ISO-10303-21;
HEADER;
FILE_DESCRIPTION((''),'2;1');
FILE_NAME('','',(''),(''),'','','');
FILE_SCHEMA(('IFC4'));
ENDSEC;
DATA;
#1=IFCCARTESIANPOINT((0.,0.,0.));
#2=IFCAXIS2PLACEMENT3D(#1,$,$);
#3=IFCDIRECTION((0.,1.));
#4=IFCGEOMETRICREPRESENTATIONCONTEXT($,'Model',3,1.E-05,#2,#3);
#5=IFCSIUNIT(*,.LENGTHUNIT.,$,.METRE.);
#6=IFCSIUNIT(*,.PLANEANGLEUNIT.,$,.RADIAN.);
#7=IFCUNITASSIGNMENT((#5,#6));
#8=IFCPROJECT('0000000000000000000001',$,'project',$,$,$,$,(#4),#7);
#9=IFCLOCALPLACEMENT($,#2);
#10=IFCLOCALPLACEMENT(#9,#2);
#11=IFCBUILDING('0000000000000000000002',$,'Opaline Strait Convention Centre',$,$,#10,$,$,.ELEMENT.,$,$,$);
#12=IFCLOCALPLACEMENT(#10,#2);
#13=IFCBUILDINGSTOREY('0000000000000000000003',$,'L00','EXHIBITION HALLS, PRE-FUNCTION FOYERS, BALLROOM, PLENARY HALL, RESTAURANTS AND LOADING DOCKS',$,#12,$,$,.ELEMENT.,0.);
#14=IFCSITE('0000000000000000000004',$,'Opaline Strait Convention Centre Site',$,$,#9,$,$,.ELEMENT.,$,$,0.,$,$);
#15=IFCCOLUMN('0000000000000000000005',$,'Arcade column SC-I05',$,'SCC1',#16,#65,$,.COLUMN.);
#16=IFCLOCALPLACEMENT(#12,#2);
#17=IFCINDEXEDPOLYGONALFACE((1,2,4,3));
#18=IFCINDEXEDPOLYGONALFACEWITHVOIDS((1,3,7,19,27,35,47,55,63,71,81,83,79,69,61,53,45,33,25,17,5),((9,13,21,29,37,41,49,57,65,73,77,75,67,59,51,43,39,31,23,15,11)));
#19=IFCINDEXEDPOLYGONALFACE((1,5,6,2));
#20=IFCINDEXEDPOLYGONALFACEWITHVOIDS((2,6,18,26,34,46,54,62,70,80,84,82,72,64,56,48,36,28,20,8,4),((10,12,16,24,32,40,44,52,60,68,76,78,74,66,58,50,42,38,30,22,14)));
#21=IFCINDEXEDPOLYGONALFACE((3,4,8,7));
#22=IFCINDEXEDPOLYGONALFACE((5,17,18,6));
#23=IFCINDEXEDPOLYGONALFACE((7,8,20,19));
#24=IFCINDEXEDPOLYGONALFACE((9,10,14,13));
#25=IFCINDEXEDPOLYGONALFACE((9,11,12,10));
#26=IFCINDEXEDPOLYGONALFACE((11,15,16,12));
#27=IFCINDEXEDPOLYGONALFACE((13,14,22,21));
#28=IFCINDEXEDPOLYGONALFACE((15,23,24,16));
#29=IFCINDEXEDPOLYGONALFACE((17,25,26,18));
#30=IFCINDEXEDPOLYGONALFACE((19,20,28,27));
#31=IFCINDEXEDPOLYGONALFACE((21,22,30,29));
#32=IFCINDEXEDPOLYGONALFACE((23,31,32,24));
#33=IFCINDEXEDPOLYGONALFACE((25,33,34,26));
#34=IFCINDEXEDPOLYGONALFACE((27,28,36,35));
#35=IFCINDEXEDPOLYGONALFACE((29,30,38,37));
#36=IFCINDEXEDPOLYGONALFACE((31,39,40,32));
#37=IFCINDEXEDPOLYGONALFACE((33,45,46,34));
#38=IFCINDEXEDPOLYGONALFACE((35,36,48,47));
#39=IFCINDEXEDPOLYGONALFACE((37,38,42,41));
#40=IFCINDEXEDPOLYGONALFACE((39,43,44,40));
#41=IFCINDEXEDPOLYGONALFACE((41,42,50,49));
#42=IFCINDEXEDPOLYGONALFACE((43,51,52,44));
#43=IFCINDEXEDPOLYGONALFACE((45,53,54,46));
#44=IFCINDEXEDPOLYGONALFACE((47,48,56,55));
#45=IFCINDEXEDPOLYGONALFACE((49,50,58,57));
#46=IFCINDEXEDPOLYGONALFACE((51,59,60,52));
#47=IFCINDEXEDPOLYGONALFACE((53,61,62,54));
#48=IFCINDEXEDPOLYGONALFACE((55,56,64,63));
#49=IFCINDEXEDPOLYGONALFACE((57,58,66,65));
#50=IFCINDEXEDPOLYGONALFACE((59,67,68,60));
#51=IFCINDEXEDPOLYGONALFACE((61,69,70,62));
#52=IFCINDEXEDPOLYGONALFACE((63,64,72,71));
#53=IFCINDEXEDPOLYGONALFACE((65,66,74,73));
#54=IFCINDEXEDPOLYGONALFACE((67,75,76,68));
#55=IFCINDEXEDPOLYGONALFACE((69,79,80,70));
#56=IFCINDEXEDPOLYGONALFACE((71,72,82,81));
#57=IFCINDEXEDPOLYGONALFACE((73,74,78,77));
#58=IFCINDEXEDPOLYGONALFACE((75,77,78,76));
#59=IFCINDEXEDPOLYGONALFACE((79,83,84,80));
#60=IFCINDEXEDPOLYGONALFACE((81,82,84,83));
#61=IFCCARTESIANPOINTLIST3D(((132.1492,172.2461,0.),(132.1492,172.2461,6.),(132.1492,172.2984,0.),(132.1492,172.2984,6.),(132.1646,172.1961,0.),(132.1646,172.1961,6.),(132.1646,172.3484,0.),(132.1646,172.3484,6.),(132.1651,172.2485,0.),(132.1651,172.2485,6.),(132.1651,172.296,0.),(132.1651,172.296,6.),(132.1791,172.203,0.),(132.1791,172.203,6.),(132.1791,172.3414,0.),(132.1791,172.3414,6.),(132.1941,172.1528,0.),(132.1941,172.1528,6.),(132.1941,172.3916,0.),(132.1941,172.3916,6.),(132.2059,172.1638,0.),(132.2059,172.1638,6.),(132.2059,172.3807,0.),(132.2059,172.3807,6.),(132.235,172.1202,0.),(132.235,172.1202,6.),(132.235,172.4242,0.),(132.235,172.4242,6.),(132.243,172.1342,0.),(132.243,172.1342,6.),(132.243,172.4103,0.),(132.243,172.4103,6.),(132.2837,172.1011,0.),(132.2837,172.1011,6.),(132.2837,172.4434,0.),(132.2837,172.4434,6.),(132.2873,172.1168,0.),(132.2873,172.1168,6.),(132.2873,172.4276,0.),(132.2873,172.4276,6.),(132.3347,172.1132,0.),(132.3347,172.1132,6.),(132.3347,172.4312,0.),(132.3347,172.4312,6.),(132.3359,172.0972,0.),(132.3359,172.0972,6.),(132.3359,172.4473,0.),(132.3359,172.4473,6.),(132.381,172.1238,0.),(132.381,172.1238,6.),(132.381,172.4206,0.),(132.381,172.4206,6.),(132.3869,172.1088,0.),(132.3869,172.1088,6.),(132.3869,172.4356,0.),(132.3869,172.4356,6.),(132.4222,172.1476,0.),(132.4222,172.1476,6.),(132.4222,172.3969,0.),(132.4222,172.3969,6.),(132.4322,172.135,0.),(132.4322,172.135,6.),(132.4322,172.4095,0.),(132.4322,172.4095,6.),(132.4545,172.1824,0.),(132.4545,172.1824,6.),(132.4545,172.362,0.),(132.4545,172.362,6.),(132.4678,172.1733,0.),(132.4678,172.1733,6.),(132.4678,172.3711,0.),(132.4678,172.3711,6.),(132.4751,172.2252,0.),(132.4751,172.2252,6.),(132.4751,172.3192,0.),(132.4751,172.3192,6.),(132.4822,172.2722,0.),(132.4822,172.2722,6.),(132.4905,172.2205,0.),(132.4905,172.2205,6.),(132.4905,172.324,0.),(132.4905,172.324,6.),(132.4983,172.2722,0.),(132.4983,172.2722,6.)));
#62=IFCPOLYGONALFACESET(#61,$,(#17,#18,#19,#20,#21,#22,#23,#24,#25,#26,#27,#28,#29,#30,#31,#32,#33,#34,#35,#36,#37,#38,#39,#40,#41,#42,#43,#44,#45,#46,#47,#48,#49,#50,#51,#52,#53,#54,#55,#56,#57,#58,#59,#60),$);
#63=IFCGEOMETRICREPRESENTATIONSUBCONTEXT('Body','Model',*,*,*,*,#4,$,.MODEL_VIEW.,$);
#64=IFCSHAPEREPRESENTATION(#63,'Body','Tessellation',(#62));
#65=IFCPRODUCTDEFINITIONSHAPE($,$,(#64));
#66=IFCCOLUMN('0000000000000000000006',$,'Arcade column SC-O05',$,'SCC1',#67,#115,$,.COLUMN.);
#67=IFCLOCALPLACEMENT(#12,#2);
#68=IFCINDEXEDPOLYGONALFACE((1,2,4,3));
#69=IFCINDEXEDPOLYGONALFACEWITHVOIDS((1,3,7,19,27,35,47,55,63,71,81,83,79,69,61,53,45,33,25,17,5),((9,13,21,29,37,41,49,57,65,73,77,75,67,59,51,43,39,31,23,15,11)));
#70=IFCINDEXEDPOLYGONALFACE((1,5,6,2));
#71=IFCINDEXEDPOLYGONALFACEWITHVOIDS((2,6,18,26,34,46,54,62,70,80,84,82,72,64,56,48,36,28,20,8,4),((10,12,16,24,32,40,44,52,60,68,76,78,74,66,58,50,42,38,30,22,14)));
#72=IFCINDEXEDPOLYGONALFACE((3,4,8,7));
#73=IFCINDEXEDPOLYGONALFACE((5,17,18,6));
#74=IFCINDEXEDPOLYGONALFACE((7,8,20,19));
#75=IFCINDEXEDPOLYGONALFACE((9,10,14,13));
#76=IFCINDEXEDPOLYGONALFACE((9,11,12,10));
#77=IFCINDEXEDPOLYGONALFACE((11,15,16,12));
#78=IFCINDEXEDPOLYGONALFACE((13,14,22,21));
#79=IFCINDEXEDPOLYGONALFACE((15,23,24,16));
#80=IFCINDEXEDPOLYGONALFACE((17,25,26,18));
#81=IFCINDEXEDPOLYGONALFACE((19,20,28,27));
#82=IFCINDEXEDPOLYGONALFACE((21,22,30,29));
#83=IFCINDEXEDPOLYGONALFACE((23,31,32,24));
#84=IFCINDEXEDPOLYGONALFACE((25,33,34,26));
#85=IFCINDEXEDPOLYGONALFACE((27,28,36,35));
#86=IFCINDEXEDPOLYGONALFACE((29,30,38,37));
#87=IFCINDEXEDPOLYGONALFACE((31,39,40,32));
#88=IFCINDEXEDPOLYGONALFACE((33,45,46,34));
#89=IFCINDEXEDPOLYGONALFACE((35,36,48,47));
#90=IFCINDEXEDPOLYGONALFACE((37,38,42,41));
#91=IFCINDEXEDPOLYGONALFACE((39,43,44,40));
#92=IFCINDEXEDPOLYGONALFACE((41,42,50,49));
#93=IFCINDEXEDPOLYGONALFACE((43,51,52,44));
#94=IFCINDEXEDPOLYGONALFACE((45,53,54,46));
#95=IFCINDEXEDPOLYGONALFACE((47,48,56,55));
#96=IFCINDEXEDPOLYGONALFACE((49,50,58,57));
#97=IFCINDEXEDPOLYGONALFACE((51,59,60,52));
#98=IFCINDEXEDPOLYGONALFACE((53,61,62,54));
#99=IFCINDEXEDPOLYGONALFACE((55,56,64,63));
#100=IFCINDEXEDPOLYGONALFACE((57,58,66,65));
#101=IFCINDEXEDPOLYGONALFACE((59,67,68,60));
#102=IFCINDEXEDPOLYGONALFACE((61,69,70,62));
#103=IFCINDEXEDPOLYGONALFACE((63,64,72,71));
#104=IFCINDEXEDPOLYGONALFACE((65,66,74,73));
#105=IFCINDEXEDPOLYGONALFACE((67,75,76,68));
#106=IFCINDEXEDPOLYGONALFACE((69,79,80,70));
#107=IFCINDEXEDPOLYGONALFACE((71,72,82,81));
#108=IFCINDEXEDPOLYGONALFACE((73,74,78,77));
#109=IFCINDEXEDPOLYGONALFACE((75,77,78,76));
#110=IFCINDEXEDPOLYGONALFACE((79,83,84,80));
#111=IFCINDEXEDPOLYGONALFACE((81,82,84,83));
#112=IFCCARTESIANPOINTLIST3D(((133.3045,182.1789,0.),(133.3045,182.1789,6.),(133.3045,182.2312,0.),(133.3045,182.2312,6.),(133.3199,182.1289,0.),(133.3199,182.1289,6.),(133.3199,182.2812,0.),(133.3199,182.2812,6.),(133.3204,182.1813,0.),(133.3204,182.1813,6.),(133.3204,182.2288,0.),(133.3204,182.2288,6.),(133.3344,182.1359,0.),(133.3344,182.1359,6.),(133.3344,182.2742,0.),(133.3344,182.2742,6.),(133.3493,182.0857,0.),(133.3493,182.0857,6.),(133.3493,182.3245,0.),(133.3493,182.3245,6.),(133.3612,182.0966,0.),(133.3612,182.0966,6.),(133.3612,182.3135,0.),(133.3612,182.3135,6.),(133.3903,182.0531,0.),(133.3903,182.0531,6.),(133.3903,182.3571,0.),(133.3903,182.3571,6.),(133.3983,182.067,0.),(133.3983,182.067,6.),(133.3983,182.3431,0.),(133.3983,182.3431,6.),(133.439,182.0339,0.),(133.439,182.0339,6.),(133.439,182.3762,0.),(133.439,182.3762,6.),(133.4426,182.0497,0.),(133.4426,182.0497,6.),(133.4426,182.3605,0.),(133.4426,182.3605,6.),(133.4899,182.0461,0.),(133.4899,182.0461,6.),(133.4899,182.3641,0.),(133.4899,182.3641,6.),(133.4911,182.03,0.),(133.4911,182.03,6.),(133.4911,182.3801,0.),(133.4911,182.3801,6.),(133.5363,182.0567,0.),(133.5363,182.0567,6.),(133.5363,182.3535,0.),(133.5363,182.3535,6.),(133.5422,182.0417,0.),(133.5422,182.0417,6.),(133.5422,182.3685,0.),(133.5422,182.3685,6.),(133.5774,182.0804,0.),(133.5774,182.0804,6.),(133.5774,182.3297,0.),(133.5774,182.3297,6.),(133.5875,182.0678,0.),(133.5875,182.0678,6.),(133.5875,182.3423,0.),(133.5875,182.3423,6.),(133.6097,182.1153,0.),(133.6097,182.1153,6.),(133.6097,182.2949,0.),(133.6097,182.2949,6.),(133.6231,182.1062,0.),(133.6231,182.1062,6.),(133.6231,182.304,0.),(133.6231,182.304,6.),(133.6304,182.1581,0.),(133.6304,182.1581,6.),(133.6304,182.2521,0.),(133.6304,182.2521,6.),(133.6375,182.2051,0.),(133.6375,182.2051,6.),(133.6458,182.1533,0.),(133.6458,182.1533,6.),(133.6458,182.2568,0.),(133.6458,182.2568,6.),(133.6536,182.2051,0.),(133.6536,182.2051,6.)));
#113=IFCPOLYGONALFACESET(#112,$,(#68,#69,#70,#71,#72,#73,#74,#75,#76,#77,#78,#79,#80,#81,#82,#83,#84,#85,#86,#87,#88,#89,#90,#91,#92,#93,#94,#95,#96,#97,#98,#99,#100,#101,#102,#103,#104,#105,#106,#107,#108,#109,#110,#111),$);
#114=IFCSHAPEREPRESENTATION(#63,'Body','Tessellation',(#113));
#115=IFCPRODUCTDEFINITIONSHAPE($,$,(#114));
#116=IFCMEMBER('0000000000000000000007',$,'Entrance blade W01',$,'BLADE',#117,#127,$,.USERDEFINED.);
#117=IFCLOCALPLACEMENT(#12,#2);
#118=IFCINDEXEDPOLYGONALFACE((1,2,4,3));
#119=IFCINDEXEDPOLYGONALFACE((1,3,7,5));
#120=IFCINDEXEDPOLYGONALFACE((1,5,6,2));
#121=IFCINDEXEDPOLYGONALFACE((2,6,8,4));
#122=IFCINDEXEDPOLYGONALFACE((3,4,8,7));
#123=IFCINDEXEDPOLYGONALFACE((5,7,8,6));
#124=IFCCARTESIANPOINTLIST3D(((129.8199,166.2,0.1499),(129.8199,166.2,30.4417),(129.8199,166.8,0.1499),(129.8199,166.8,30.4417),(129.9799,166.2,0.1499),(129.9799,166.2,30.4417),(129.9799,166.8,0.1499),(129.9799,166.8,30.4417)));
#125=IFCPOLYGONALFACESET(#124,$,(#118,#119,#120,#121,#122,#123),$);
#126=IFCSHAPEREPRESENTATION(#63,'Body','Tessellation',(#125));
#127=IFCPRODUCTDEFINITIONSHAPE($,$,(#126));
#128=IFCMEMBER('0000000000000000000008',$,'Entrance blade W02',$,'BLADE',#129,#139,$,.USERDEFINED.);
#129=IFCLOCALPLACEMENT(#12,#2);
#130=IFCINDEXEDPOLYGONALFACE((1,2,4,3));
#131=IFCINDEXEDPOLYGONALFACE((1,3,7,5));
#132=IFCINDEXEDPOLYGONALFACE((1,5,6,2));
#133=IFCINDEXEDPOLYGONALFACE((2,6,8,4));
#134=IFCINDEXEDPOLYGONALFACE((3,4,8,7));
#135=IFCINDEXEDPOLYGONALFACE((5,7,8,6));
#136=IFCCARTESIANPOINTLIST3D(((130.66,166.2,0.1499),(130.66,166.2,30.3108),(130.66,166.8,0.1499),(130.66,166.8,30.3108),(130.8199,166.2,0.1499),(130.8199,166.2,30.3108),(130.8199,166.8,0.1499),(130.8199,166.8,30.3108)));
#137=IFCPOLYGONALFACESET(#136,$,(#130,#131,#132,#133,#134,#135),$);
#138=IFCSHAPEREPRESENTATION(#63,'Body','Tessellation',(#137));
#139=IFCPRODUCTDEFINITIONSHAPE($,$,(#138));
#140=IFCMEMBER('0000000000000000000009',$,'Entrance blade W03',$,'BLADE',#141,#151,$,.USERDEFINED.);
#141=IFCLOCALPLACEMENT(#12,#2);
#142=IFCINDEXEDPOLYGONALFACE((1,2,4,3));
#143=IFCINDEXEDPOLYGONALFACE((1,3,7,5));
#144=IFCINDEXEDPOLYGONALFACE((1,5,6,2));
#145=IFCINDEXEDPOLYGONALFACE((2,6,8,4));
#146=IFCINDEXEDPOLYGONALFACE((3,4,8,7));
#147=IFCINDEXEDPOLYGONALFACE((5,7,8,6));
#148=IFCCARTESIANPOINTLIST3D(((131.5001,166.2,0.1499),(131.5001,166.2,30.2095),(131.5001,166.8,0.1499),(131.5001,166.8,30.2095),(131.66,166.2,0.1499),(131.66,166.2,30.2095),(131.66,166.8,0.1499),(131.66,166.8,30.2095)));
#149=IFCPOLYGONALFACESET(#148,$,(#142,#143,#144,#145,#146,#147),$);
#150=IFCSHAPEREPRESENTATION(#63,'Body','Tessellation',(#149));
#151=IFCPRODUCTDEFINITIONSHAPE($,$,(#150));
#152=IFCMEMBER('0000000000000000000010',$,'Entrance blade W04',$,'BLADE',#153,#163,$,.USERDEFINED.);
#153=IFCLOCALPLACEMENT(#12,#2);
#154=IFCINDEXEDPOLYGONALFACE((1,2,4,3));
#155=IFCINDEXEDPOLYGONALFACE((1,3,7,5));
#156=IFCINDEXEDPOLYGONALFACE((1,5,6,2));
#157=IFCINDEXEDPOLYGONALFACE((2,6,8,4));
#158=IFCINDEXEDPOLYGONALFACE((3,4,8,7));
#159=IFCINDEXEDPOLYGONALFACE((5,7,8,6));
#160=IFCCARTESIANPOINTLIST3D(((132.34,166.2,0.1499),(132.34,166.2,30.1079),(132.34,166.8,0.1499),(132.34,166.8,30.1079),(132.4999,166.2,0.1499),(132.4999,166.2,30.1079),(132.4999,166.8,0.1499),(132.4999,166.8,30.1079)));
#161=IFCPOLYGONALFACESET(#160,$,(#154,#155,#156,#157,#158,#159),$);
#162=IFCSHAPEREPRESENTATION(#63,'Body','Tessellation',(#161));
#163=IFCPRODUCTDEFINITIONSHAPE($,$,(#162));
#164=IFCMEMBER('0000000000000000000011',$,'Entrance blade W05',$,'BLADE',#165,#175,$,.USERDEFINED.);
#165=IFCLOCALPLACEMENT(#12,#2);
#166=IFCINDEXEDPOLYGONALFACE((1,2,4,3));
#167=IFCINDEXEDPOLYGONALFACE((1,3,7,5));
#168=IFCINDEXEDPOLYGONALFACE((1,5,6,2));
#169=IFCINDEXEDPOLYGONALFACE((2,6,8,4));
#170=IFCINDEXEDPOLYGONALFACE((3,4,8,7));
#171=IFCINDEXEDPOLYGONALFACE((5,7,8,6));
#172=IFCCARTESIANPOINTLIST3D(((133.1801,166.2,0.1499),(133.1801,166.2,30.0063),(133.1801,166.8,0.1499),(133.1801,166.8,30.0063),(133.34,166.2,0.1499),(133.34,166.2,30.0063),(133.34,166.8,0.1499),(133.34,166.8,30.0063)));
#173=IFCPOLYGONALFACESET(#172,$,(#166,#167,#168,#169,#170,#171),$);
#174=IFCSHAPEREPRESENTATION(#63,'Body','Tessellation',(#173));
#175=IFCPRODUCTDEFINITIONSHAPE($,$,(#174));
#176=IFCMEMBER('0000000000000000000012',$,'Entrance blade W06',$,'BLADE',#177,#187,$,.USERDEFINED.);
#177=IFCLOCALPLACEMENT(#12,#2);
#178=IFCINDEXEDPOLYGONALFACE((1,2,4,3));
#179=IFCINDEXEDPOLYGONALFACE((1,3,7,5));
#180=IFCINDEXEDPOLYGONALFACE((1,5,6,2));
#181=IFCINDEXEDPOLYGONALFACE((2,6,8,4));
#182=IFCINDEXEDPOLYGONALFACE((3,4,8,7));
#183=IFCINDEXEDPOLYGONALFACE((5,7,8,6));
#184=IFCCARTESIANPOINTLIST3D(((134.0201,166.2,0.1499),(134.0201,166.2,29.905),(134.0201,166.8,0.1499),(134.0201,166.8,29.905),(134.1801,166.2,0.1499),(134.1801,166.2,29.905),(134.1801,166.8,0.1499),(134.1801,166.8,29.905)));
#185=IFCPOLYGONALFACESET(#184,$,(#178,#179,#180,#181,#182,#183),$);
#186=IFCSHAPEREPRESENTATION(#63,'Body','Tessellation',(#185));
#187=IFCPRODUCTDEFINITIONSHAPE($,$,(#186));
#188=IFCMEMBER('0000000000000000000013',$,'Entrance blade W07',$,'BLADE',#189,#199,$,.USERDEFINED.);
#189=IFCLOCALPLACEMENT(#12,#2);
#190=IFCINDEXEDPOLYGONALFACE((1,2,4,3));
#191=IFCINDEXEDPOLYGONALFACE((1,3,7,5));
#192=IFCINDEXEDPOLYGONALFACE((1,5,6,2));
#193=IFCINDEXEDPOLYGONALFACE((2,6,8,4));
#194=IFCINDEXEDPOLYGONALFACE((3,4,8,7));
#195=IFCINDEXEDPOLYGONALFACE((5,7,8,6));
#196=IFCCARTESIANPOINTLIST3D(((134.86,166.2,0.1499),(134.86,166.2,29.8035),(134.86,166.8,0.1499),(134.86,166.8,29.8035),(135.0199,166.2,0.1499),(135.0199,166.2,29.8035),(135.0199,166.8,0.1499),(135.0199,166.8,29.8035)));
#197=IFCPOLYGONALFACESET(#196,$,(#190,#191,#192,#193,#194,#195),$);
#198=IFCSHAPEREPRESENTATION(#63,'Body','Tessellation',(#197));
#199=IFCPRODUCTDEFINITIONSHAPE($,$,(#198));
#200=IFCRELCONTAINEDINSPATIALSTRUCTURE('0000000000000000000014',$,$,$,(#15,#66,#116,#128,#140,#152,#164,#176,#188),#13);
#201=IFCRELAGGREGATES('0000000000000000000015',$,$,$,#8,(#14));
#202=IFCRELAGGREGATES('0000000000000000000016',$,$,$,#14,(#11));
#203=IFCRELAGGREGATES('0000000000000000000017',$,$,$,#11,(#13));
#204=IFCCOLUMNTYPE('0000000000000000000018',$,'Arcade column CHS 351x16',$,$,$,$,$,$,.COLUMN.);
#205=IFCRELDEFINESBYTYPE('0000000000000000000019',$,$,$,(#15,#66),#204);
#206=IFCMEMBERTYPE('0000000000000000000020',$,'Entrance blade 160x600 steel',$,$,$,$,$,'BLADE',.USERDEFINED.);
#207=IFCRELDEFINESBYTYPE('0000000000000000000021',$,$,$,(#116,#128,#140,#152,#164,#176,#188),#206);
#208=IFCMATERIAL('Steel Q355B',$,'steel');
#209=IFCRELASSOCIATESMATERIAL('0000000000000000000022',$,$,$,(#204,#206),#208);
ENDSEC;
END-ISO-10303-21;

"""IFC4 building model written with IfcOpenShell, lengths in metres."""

from ifc_helpers import new_model, si_unit, direction, frame, origin, origin_2d, place, context, subcontext, project, spatial, rectangle, hollow_circle, extrude, material, material_profile, profile_set, type_object, element, save


model = new_model("IFC4")

# Units and contexts
model_context = context("Model", 3, precision=1e-05, world=origin(), true_north=direction((0.0, 1.0)))
body_context = subcontext(model_context, "Body", "Model", "MODEL_VIEW")
ifc_project = project(units=[si_unit("LENGTHUNIT", "METRE"), si_unit("PLANEANGLEUNIT", "RADIAN")], contexts=[model_context])

# Site, building, storey
site_placement = place(None, origin())
site = spatial("IfcSite", under=ifc_project, at=site_placement, Name="Opaline Strait Convention Centre Site", CompositionType="ELEMENT", RefElevation=0.0)
building_placement = place(site_placement, origin())
building = spatial("IfcBuilding", under=site, at=building_placement, Name="Opaline Strait Convention Centre", CompositionType="ELEMENT")
storey_placement = place(building_placement, origin())
storey = spatial("IfcBuildingStorey", under=building, at=storey_placement, Name="L00", Description="EXHIBITION HALLS, PRE-FUNCTION FOYERS, BALLROOM, PLENARY HALL, RESTAURANTS AND LOADING DOCKS", CompositionType="ELEMENT", Elevation=0.0)

# Columns
ifc_material_1 = material(Name="Steel Q355B", Category="steel")
ifc_material_profile_1 = material_profile(ifc_material_1, hollow_circle(Radius=0.1755, WallThickness=0.0161, at=origin_2d()), Name="CHS 351x16")
ifc_profile_set_1 = profile_set([ifc_material_profile_1], Name="Steel Q355B")
column_type = type_object("IfcColumnType", Name="Arcade column CHS 351x16", PredefinedType="COLUMN", material=ifc_profile_set_1)
for number, where, z_axis, x_axis, name in (
    (1, (132.3228, 172.2722, 0.0), (0.0, 0.0, 1.0), (1.0, 0.0, 0.0), "Arcade column SC-I05"),
    (2, (133.478, 182.2051, 0.0), (0.0, 0.0, 1.0), (1.0, 0.0, 0.0), "Arcade column SC-O05"),
):
    element("IfcColumn", number, at=place(storey_placement, frame(where, z_axis=z_axis, x_axis=x_axis)), inside=storey, type_object=column_type, Name=name, ObjectType="SCC1", PredefinedType="COLUMN", context=body_context, shape_type="SweptSolid", body=[
        extrude(hollow_circle(Radius=0.1755, WallThickness=0.0161, at=origin_2d()), origin(), (0.0, 0.0, 1.0), 6.0),
    ])

# Members
ifc_material_profile_2 = material_profile(ifc_material_1, rectangle(XDim=0.1599, YDim=0.6001, at=origin_2d()), Name="BAR 160x600")
ifc_profile_set_2 = profile_set([ifc_material_profile_2], Name="Steel Q355B")
member_type = type_object("IfcMemberType", Name="Entrance blade 160x600 steel", ElementType="BLADE", PredefinedType="USERDEFINED", material=ifc_profile_set_2)
member_1_placement = place(storey_placement, frame((129.8999, 166.5, 0.1499), z_axis=(0.0, 0.0, 1.0), x_axis=(1.0, 0.0, 0.0)))
element("IfcMember", 3, at=member_1_placement, inside=storey, type_object=member_type, Name="Entrance blade W01", ObjectType="BLADE", PredefinedType="USERDEFINED", context=body_context, shape_type="SweptSolid", body=[
    extrude(rectangle(XDim=0.1599, YDim=0.6001, at=origin_2d()), origin(), (0.0, 0.0, 1.0), 30.2917),
])
member_2_placement = place(storey_placement, frame((130.74, 166.5, 0.1499), z_axis=(0.0, 0.0, 1.0), x_axis=(1.0, 0.0, 0.0)))
element("IfcMember", 4, at=member_2_placement, inside=storey, type_object=member_type, Name="Entrance blade W02", ObjectType="BLADE", PredefinedType="USERDEFINED", context=body_context, shape_type="SweptSolid", body=[
    extrude(rectangle(XDim=0.1599, YDim=0.6001, at=origin_2d()), origin(), (0.0, 0.0, 1.0), 30.1609),
])
member_3_placement = place(storey_placement, frame((131.5801, 166.5, 0.1499), z_axis=(0.0, 0.0, 1.0), x_axis=(1.0, 0.0, 0.0)))
element("IfcMember", 5, at=member_3_placement, inside=storey, type_object=member_type, Name="Entrance blade W03", ObjectType="BLADE", PredefinedType="USERDEFINED", context=body_context, shape_type="SweptSolid", body=[
    extrude(rectangle(XDim=0.1599, YDim=0.6001, at=origin_2d()), origin(), (0.0, 0.0, 1.0), 30.0596),
])
member_4_placement = place(storey_placement, frame((132.4199, 166.5, 0.1499), z_axis=(0.0, 0.0, 1.0), x_axis=(1.0, 0.0, 0.0)))
element("IfcMember", 6, at=member_4_placement, inside=storey, type_object=member_type, Name="Entrance blade W04", ObjectType="BLADE", PredefinedType="USERDEFINED", context=body_context, shape_type="SweptSolid", body=[
    extrude(rectangle(XDim=0.1599, YDim=0.6001, at=origin_2d()), origin(), (0.0, 0.0, 1.0), 29.958),
])
member_5_placement = place(storey_placement, frame((133.26, 166.5, 0.1499), z_axis=(0.0, 0.0, 1.0), x_axis=(1.0, 0.0, 0.0)))
element("IfcMember", 7, at=member_5_placement, inside=storey, type_object=member_type, Name="Entrance blade W05", ObjectType="BLADE", PredefinedType="USERDEFINED", context=body_context, shape_type="SweptSolid", body=[
    extrude(rectangle(XDim=0.1599, YDim=0.6001, at=origin_2d()), origin(), (0.0, 0.0, 1.0), 29.8564),
])
member_6_placement = place(storey_placement, frame((134.1001, 166.5, 0.1499), z_axis=(0.0, 0.0, 1.0), x_axis=(1.0, 0.0, 0.0)))
element("IfcMember", 8, at=member_6_placement, inside=storey, type_object=member_type, Name="Entrance blade W06", ObjectType="BLADE", PredefinedType="USERDEFINED", context=body_context, shape_type="SweptSolid", body=[
    extrude(rectangle(XDim=0.1599, YDim=0.6001, at=origin_2d()), origin(), (0.0, 0.0, 1.0), 29.7551),
])
member_7_placement = place(storey_placement, frame((134.9399, 166.5, 0.1499), z_axis=(0.0, 0.0, 1.0), x_axis=(1.0, 0.0, 0.0)))
element("IfcMember", 9, at=member_7_placement, inside=storey, type_object=member_type, Name="Entrance blade W07", ObjectType="BLADE", PredefinedType="USERDEFINED", context=body_context, shape_type="SweptSolid", body=[
    extrude(rectangle(XDim=0.1599, YDim=0.6001, at=origin_2d()), origin(), (0.0, 0.0, 1.0), 29.6536),
])

save(model, "model.ifc")
